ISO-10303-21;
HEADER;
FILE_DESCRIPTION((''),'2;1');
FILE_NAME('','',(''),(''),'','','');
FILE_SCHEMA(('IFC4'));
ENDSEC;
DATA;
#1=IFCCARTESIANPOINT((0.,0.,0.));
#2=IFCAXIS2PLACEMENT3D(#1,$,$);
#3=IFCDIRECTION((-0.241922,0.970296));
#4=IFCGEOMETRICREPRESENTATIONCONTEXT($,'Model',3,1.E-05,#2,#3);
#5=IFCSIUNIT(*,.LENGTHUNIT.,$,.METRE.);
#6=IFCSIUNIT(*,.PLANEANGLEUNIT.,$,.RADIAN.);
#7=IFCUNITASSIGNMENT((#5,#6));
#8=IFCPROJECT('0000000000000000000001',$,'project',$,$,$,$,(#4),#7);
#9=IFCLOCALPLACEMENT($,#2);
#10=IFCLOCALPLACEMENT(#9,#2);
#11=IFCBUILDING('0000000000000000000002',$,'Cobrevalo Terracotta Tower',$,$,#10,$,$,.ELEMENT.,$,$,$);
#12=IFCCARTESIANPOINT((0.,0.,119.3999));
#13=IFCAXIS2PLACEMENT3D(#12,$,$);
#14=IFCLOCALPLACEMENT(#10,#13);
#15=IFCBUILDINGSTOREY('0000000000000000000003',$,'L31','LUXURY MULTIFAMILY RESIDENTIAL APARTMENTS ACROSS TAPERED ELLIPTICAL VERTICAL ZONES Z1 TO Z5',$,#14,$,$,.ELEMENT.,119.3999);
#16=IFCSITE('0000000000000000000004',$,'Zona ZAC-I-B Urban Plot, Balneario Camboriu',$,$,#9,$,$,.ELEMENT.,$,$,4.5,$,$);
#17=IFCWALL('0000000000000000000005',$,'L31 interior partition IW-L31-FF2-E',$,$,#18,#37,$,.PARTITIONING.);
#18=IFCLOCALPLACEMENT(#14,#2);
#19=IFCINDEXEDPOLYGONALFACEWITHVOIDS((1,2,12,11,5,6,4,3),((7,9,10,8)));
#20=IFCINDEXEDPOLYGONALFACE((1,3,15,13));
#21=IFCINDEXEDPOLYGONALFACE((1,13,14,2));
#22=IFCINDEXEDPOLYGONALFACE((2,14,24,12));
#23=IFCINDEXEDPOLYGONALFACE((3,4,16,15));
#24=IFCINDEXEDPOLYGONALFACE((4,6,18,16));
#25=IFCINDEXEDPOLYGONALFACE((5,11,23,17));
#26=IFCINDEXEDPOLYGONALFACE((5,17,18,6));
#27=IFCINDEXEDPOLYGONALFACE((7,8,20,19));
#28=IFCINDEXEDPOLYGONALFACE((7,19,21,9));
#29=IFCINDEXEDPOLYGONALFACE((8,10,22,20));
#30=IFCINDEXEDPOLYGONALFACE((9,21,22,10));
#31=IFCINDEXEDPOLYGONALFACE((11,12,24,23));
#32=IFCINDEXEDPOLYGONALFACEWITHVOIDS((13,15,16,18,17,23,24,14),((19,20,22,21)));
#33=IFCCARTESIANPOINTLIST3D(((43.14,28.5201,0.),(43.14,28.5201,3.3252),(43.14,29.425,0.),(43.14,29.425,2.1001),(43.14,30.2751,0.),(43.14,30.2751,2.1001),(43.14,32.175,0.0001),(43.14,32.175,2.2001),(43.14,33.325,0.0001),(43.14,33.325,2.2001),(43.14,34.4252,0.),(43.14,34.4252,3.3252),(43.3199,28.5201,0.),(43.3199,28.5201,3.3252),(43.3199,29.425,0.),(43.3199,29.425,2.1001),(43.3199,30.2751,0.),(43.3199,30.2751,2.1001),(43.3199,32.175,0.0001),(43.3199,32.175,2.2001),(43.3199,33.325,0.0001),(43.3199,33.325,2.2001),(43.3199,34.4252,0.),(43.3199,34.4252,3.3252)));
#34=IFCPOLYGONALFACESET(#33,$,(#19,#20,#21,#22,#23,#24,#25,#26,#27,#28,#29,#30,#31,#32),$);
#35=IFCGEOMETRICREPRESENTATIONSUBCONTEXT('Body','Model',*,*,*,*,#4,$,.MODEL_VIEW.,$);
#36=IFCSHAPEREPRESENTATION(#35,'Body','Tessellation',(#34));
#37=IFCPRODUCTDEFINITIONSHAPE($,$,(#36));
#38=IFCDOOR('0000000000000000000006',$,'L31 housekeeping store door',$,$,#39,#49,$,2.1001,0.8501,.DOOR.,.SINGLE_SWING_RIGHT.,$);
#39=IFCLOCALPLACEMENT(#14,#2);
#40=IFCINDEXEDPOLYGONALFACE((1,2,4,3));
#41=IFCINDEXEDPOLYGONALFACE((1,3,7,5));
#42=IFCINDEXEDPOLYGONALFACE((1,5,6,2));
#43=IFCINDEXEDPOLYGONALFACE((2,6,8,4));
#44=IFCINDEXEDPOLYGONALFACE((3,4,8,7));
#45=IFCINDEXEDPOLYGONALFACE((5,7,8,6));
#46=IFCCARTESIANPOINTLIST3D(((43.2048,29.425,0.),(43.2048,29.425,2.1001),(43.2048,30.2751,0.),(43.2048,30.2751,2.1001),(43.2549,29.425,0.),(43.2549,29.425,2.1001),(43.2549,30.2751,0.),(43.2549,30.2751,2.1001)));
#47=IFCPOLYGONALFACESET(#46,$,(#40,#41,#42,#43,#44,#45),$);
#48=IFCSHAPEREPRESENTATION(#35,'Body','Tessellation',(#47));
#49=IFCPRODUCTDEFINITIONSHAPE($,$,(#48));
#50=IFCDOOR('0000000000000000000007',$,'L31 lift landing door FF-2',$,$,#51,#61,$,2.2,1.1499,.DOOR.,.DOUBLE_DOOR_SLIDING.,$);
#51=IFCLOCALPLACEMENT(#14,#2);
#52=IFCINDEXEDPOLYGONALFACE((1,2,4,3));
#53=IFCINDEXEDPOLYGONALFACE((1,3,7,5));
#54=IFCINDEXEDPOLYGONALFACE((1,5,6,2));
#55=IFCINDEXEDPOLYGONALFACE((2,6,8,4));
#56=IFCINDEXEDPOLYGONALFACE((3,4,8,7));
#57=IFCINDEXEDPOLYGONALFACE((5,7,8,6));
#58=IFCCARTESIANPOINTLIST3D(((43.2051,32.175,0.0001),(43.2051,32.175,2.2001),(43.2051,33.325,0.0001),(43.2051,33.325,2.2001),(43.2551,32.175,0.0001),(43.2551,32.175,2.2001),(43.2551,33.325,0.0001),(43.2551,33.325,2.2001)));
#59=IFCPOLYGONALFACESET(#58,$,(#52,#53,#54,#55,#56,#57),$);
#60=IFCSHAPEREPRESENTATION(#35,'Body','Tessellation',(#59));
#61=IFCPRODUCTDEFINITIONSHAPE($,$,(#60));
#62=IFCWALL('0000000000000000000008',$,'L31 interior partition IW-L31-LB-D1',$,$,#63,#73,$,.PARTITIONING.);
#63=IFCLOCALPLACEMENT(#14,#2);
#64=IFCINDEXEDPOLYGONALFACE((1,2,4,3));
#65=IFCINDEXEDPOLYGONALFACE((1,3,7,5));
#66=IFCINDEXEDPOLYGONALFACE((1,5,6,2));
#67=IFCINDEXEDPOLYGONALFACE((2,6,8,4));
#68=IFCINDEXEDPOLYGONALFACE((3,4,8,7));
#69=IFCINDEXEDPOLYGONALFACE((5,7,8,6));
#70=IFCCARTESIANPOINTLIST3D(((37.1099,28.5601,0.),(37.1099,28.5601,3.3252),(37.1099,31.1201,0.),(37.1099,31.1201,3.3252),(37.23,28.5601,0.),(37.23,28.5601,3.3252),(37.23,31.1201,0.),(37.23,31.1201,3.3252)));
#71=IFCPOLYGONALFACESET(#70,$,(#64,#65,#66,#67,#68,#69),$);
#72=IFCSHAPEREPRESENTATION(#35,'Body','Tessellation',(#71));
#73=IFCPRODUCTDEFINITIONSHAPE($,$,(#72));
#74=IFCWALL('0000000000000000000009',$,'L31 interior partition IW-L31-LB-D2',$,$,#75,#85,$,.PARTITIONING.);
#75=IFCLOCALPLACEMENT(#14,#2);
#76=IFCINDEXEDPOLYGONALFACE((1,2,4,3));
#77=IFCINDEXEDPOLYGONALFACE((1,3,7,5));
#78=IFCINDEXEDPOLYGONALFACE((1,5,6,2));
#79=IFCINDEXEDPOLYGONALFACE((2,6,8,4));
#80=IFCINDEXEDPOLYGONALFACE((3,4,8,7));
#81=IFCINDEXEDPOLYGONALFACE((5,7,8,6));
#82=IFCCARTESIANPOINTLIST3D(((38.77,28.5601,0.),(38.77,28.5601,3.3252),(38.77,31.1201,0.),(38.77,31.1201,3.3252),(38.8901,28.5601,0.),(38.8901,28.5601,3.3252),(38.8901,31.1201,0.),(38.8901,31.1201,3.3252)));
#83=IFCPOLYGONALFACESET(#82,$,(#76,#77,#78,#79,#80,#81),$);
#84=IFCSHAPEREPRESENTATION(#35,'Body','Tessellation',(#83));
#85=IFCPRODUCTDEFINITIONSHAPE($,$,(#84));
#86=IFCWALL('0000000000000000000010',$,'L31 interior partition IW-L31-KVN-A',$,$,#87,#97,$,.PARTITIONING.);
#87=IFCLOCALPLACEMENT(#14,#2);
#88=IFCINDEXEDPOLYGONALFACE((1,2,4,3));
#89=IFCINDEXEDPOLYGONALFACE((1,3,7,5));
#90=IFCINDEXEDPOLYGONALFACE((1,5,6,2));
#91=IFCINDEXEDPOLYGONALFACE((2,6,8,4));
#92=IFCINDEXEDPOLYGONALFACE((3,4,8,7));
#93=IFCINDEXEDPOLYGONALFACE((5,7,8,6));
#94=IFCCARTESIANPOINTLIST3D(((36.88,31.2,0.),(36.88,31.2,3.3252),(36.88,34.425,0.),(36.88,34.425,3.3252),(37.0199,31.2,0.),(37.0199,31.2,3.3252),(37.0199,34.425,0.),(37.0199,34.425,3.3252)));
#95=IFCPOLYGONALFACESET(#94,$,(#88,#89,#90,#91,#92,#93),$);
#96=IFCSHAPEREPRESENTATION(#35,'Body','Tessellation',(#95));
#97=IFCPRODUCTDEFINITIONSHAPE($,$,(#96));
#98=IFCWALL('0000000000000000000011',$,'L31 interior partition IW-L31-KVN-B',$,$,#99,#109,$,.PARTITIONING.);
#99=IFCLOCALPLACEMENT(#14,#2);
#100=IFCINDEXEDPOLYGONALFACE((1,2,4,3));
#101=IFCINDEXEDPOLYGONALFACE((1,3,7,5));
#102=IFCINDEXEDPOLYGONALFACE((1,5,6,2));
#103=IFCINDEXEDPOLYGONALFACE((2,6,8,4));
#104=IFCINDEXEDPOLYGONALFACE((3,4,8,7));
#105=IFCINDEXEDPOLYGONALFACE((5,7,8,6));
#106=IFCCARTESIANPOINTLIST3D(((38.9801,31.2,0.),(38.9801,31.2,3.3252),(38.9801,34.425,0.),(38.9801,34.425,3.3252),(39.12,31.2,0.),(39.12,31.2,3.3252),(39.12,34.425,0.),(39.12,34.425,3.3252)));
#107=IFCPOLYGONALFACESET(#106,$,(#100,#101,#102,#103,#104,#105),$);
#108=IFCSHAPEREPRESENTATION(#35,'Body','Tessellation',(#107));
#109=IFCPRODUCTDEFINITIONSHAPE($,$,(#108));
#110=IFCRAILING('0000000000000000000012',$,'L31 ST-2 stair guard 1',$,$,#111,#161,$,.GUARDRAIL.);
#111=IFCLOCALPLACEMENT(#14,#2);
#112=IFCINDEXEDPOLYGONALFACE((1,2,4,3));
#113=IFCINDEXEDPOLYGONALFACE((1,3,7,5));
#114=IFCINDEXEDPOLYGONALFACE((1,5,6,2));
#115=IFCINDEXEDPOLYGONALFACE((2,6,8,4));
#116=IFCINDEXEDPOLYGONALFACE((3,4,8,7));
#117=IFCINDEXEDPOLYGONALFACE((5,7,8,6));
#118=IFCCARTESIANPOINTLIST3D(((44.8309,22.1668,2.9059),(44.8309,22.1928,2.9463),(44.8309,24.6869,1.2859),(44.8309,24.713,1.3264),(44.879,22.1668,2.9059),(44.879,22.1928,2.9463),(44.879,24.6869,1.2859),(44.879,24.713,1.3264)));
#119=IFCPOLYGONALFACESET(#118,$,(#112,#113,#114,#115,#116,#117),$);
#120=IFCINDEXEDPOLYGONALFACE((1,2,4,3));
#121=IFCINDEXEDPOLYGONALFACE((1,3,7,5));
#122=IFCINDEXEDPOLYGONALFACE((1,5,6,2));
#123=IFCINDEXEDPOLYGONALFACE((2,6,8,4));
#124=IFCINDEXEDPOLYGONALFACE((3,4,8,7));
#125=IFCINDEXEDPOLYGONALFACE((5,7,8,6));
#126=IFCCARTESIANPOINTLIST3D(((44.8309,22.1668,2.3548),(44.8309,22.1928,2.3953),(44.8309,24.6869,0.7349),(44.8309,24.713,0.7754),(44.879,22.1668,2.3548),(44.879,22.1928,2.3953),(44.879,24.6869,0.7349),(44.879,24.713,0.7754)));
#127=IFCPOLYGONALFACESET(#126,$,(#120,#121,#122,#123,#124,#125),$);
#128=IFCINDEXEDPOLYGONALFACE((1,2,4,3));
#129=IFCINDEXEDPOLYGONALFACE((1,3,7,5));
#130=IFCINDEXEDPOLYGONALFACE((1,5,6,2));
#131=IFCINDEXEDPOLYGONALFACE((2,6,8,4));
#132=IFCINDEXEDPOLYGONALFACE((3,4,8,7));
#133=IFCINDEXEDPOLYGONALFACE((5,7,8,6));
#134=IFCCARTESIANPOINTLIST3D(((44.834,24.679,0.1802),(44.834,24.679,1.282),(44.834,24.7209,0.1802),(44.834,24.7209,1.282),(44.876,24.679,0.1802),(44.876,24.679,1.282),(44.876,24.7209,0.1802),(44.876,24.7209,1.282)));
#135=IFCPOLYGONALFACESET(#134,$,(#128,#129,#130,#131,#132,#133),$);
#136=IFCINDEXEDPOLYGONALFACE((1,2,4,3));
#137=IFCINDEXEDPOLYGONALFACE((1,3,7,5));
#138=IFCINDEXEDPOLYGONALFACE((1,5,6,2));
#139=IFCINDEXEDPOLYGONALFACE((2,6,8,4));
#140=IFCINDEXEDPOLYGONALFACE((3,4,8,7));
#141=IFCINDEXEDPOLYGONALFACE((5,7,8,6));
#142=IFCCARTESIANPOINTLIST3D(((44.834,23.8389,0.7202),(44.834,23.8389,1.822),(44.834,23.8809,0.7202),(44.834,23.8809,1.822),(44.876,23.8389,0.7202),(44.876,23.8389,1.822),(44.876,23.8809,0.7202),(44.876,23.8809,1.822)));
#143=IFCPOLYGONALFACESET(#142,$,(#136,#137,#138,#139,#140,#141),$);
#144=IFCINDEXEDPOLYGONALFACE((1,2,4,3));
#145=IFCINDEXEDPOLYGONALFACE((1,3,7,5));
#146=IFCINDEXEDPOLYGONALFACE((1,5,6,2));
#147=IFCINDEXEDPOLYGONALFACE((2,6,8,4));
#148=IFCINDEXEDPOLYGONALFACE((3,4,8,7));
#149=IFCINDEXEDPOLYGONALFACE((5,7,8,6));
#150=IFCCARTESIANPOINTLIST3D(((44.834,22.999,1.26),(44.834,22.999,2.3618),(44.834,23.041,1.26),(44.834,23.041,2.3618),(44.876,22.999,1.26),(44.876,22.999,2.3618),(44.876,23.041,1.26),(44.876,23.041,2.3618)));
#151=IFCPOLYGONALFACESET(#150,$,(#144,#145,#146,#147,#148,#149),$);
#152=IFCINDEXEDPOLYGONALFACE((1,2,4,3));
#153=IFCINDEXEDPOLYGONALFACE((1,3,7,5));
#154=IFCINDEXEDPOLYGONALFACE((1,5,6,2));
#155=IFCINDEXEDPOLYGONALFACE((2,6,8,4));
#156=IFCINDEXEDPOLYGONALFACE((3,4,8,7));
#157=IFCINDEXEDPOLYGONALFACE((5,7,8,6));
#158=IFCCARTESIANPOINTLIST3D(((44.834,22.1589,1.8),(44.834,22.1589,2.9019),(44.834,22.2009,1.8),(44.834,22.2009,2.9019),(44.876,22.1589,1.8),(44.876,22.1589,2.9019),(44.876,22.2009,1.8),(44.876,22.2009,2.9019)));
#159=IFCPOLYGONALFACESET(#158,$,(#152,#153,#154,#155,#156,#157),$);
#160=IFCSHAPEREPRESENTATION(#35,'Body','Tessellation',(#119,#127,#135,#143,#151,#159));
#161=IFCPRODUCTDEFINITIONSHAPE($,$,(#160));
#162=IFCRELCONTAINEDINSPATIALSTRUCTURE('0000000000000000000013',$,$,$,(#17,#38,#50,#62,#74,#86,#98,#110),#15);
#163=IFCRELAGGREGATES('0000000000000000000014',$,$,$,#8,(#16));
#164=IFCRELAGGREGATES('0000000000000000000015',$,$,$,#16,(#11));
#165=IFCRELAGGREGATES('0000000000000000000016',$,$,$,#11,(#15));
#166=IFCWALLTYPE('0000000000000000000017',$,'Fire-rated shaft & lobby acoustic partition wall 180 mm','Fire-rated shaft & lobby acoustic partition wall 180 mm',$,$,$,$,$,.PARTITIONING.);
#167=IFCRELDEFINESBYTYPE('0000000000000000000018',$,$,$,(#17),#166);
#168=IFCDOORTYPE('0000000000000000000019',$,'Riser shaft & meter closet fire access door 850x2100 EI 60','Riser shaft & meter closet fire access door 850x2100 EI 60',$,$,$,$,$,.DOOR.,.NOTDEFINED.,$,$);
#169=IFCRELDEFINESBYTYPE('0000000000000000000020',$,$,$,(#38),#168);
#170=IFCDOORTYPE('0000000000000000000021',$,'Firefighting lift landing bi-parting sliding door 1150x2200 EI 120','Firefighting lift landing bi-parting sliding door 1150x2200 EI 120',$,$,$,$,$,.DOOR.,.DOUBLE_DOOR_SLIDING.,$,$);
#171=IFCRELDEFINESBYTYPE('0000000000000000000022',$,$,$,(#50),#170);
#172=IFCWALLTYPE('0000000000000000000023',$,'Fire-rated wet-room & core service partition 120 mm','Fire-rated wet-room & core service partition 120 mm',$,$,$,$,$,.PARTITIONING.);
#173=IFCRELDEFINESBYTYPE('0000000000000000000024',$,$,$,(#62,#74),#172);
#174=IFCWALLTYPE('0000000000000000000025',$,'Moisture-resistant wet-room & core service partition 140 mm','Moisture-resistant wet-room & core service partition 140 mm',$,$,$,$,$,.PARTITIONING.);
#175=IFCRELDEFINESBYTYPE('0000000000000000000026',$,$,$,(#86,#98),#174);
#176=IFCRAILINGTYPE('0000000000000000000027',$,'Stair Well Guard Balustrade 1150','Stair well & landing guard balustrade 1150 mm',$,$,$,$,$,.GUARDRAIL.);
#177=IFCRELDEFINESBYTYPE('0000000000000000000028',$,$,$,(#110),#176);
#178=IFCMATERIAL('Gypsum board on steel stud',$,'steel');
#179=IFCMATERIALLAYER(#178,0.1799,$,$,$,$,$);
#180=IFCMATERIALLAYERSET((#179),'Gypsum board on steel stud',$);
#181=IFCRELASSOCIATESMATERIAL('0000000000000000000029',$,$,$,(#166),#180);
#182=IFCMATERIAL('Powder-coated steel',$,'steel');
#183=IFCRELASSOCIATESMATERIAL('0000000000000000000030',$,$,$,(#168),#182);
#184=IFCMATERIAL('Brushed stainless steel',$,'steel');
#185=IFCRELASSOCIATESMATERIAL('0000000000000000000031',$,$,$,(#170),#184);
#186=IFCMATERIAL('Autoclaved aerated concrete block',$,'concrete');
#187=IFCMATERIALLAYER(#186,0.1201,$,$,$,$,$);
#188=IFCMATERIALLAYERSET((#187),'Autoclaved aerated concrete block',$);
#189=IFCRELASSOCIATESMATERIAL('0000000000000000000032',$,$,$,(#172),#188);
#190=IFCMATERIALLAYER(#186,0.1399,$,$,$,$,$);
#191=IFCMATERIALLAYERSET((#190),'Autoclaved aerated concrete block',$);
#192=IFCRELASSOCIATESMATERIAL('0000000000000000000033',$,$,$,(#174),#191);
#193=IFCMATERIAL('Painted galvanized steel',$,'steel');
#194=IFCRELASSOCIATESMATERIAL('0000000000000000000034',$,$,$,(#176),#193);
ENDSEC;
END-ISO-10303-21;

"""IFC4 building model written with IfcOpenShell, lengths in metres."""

from ifc_helpers import new_model, si_unit, direction, frame, frame_2d, origin, origin_2d, place, context, subcontext, project, spatial, rectangle, extrude, source, transform, mapped, material, layer, layer_set, type_object, element, fill, save


model = new_model("IFC4")

# Units and contexts
model_context = context("Model", 3, precision=1e-05, world=origin(), true_north=direction((-0.241922, 0.970296)))
body_context = subcontext(model_context, "Body", "Model", "MODEL_VIEW")
ifc_project = project(units=[si_unit("LENGTHUNIT", "METRE"), si_unit("PLANEANGLEUNIT", "RADIAN")], contexts=[model_context])

# Site, building, storey
site_placement = place(None, origin())
site = spatial("IfcSite", under=ifc_project, at=site_placement, Name="Zona ZAC-I-B Urban Plot, Balneario Camboriu", CompositionType="ELEMENT", RefElevation=4.5)
building_placement = place(site_placement, origin())
building = spatial("IfcBuilding", under=site, at=building_placement, Name="Cobrevalo Terracotta Tower", CompositionType="ELEMENT")
storey_placement = place(building_placement, frame((0.0, 0.0, 119.3999)))
storey = spatial("IfcBuildingStorey", under=building, at=storey_placement, Name="L31", Description="LUXURY MULTIFAMILY RESIDENTIAL APARTMENTS ACROSS TAPERED ELLIPTICAL VERTICAL ZONES Z1 TO Z5", CompositionType="ELEMENT", Elevation=119.3999)

# Shared definitions
ifc_material_1 = material(Name="Gypsum board on steel stud", Category="steel")

# Shared definitions
ifc_material_2 = material(Name="Brushed stainless steel", Category="steel")

# Shared definitions
ifc_layer_1 = layer(ifc_material_1, 0.1799)
ifc_layer_set_1 = layer_set([ifc_layer_1], Name="Gypsum board on steel stud")
wall_type_1 = type_object("IfcWallType", Name="Fire-rated shaft & lobby acoustic partition wall 180 mm", Description="Fire-rated shaft & lobby acoustic partition wall 180 mm", PredefinedType="PARTITIONING", material=ifc_layer_set_1)
ifc_material_3 = material(Name="Powder-coated steel", Category="steel")
door_type_1 = type_object("IfcDoorType", Name="Riser shaft & meter closet fire access door 850x2100 EI 60", Description="Riser shaft & meter closet fire access door 850x2100 EI 60", OperationType="NOTDEFINED", PredefinedType="DOOR", material=ifc_material_3)
shared_shape_1 = source(origin(), body_context, "Body", "SweptSolid", [
    extrude(rectangle(XDim=0.8501, YDim=2.1001, at=frame_2d((0.425, 1.05))), frame((0.0, 0.0249, 0.0), z_axis=(0.0, -1.0, 0.0), x_axis=(1.0, 0.0, 0.0)), (0.0, 0.0, 1.0), 0.05),
])

# Wall, openings, doors
wall_1_placement = place(storey_placement, frame((43.23, 28.52, 0.0), z_axis=(0.0, 0.0, 1.0), x_axis=(0.0, 1.0, 0.0)))
wall_1 = element("IfcWall", 1, at=wall_1_placement, inside=storey, type_object=wall_type_1, Name="L31 interior partition IW-L31-FF2-E", PredefinedType="PARTITIONING", context=body_context, shape_type="SweptSolid", body=[
    extrude(rectangle(XDim=5.905, YDim=0.1799, at=frame_2d((2.9526, 0.0))), origin(), (0.0, 0.0, 1.0), 3.3252),
])
opening_1_placement = place(wall_1_placement, frame((0.905, 0.0, 0.0)))
opening_1 = element("IfcOpeningElement", 2, at=opening_1_placement, cuts=wall_1, PredefinedType="OPENING", context=body_context, shape_type="SweptSolid", body=[
    extrude(rectangle(XDim=0.8501, YDim=2.1001, at=frame_2d((0.425, 1.05))), frame((0.0, 0.1001, 0.0), z_axis=(0.0, -1.0, 0.0), x_axis=(1.0, 0.0, 0.0)), (0.0, 0.0, 1.0), 0.2),
])
opening_2_placement = place(wall_1_placement, frame((3.655, 0.0, 0.0)))
opening_2 = element("IfcOpeningElement", 3, at=opening_2_placement, cuts=wall_1, PredefinedType="OPENING", context=body_context, shape_type="SweptSolid", body=[
    extrude(rectangle(XDim=1.1499, YDim=2.2, at=frame_2d((0.575, 1.1001))), frame((0.0, 0.1001, 0.0), z_axis=(0.0, -1.0, 0.0), x_axis=(1.0, 0.0, 0.0)), (0.0, 0.0, 1.0), 0.2),
])
door_1_placement = place(opening_1_placement, frame((0.8501, 0.0, 0.0), z_axis=(0.0, 0.0, 1.0), x_axis=(-1.0, 0.0, 0.0)))
door_1 = element("IfcDoor", 4, at=door_1_placement, inside=storey, type_object=door_type_1, Name="L31 housekeeping store door", OperationType="SINGLE_SWING_RIGHT", OverallHeight=2.1001, OverallWidth=0.8501, PredefinedType="DOOR", context=body_context, shape_type="MappedRepresentation", body=[
    mapped(shared_shape_1, transform((0.0, 0.0, 0.0), scale=1.0)),
])
fill(opening_1, door_1)
door_type_2 = type_object("IfcDoorType", Name="Firefighting lift landing bi-parting sliding door 1150x2200 EI 120", Description="Firefighting lift landing bi-parting sliding door 1150x2200 EI 120", OperationType="DOUBLE_DOOR_SLIDING", PredefinedType="DOOR", material=ifc_material_2)
shared_shape_2 = source(origin(), body_context, "Body", "SweptSolid", [
    extrude(rectangle(XDim=1.1499, YDim=2.2, at=frame_2d((0.575, 1.1001))), frame((0.0, 0.0249, 0.0), z_axis=(0.0, -1.0, 0.0), x_axis=(1.0, 0.0, 0.0)), (0.0, 0.0, 1.0), 0.05),
])
door_2_placement = place(opening_2_placement, origin())
door_2 = element("IfcDoor", 5, at=door_2_placement, inside=storey, type_object=door_type_2, Name="L31 lift landing door FF-2", OperationType="DOUBLE_DOOR_SLIDING", OverallHeight=2.2, OverallWidth=1.1499, PredefinedType="DOOR", context=body_context, shape_type="MappedRepresentation", body=[
    mapped(shared_shape_2, transform((0.0, 0.0, 0.0), scale=1.0)),
])
fill(opening_2, door_2)

# Walls
ifc_material_4 = material(Name="Autoclaved aerated concrete block", Category="concrete")
ifc_layer_2 = layer(ifc_material_4, 0.1201)
ifc_layer_set_2 = layer_set([ifc_layer_2], Name="Autoclaved aerated concrete block")
wall_type_2 = type_object("IfcWallType", Name="Fire-rated wet-room & core service partition 120 mm", Description="Fire-rated wet-room & core service partition 120 mm", PredefinedType="PARTITIONING", material=ifc_layer_set_2)
for number, where, z_axis, x_axis, name in (
    (6, (37.1699, 28.5601, 0.0), (0.0, 0.0, 1.0), (0.0, 1.0, 0.0), "L31 interior partition IW-L31-LB-D1"),
    (7, (38.8301, 28.5601, 0.0), (0.0, 0.0, 1.0), (0.0, 1.0, 0.0), "L31 interior partition IW-L31-LB-D2"),
):
    element("IfcWall", number, at=place(storey_placement, frame(where, z_axis=z_axis, x_axis=x_axis)), inside=storey, type_object=wall_type_2, Name=name, PredefinedType="PARTITIONING", context=body_context, shape_type="SweptSolid", body=[
        extrude(rectangle(XDim=2.5601, YDim=0.1201, at=frame_2d((1.28, 0.0))), origin(), (0.0, 0.0, 1.0), 3.3252),
    ])
ifc_layer_3 = layer(ifc_material_4, 0.1399)
ifc_layer_set_3 = layer_set([ifc_layer_3], Name="Autoclaved aerated concrete block")
wall_type_3 = type_object("IfcWallType", Name="Moisture-resistant wet-room & core service partition 140 mm", Description="Moisture-resistant wet-room & core service partition 140 mm", PredefinedType="PARTITIONING", material=ifc_layer_set_3)
for number, where, z_axis, x_axis, name in (
    (8, (36.95, 31.2, 0.0), (0.0, 0.0, 1.0), (0.0, 1.0, 0.0), "L31 interior partition IW-L31-KVN-A"),
    (9, (39.05, 31.2, 0.0), (0.0, 0.0, 1.0), (0.0, 1.0, 0.0), "L31 interior partition IW-L31-KVN-B"),
):
    element("IfcWall", number, at=place(storey_placement, frame(where, z_axis=z_axis, x_axis=x_axis)), inside=storey, type_object=wall_type_3, Name=name, PredefinedType="PARTITIONING", context=body_context, shape_type="SweptSolid", body=[
        extrude(rectangle(XDim=3.2251, YDim=0.1399, at=frame_2d((1.6125, 0.0))), origin(), (0.0, 0.0, 1.0), 3.3252),
    ])

# Railing
ifc_material_5 = material(Name="Painted galvanized steel", Category="steel")
railing_type = type_object("IfcRailingType", Name="Stair Well Guard Balustrade 1150", Description="Stair well & landing guard balustrade 1150 mm", PredefinedType="GUARDRAIL", material=ifc_material_5)
railing_1_placement = place(storey_placement, frame((44.855, 24.7, 0.1802)))
element("IfcRailing", 10, at=railing_1_placement, inside=storey, type_object=railing_type, Name="L31 ST-2 stair guard 1", PredefinedType="GUARDRAIL", context=body_context, shape_type="SweptSolid", body=[
    extrude(rectangle(XDim=0.0481, YDim=0.0481, at=origin_2d()), frame((0.0, 0.0, 1.126), z_axis=(0.0, -0.8412, 0.540725), x_axis=(1.0, 0.0, 0.0)), (0.0, 0.0, 1.0), 2.9958),
    extrude(rectangle(XDim=0.0481, YDim=0.0481, at=origin_2d()), frame((0.0, 0.0, 0.575), z_axis=(0.0, -0.8412, 0.540725), x_axis=(1.0, 0.0, 0.0)), (0.0, 0.0, 1.0), 2.9958),
    extrude(rectangle(XDim=0.042, YDim=0.042, at=origin_2d()), origin(), (0.0, 0.0, 1.0), 1.1018),
    extrude(rectangle(XDim=0.042, YDim=0.042, at=origin_2d()), frame((0.0, -0.8401, 0.54)), (0.0, 0.0, 1.0), 1.1018),
    extrude(rectangle(XDim=0.042, YDim=0.042, at=origin_2d()), frame((0.0, -1.6799, 1.0798)), (0.0, 0.0, 1.0), 1.1018),
    extrude(rectangle(XDim=0.042, YDim=0.042, at=origin_2d()), frame((0.0, -2.52, 1.6199)), (0.0, 0.0, 1.0), 1.1018),
])

save(model, "model.ifc")
